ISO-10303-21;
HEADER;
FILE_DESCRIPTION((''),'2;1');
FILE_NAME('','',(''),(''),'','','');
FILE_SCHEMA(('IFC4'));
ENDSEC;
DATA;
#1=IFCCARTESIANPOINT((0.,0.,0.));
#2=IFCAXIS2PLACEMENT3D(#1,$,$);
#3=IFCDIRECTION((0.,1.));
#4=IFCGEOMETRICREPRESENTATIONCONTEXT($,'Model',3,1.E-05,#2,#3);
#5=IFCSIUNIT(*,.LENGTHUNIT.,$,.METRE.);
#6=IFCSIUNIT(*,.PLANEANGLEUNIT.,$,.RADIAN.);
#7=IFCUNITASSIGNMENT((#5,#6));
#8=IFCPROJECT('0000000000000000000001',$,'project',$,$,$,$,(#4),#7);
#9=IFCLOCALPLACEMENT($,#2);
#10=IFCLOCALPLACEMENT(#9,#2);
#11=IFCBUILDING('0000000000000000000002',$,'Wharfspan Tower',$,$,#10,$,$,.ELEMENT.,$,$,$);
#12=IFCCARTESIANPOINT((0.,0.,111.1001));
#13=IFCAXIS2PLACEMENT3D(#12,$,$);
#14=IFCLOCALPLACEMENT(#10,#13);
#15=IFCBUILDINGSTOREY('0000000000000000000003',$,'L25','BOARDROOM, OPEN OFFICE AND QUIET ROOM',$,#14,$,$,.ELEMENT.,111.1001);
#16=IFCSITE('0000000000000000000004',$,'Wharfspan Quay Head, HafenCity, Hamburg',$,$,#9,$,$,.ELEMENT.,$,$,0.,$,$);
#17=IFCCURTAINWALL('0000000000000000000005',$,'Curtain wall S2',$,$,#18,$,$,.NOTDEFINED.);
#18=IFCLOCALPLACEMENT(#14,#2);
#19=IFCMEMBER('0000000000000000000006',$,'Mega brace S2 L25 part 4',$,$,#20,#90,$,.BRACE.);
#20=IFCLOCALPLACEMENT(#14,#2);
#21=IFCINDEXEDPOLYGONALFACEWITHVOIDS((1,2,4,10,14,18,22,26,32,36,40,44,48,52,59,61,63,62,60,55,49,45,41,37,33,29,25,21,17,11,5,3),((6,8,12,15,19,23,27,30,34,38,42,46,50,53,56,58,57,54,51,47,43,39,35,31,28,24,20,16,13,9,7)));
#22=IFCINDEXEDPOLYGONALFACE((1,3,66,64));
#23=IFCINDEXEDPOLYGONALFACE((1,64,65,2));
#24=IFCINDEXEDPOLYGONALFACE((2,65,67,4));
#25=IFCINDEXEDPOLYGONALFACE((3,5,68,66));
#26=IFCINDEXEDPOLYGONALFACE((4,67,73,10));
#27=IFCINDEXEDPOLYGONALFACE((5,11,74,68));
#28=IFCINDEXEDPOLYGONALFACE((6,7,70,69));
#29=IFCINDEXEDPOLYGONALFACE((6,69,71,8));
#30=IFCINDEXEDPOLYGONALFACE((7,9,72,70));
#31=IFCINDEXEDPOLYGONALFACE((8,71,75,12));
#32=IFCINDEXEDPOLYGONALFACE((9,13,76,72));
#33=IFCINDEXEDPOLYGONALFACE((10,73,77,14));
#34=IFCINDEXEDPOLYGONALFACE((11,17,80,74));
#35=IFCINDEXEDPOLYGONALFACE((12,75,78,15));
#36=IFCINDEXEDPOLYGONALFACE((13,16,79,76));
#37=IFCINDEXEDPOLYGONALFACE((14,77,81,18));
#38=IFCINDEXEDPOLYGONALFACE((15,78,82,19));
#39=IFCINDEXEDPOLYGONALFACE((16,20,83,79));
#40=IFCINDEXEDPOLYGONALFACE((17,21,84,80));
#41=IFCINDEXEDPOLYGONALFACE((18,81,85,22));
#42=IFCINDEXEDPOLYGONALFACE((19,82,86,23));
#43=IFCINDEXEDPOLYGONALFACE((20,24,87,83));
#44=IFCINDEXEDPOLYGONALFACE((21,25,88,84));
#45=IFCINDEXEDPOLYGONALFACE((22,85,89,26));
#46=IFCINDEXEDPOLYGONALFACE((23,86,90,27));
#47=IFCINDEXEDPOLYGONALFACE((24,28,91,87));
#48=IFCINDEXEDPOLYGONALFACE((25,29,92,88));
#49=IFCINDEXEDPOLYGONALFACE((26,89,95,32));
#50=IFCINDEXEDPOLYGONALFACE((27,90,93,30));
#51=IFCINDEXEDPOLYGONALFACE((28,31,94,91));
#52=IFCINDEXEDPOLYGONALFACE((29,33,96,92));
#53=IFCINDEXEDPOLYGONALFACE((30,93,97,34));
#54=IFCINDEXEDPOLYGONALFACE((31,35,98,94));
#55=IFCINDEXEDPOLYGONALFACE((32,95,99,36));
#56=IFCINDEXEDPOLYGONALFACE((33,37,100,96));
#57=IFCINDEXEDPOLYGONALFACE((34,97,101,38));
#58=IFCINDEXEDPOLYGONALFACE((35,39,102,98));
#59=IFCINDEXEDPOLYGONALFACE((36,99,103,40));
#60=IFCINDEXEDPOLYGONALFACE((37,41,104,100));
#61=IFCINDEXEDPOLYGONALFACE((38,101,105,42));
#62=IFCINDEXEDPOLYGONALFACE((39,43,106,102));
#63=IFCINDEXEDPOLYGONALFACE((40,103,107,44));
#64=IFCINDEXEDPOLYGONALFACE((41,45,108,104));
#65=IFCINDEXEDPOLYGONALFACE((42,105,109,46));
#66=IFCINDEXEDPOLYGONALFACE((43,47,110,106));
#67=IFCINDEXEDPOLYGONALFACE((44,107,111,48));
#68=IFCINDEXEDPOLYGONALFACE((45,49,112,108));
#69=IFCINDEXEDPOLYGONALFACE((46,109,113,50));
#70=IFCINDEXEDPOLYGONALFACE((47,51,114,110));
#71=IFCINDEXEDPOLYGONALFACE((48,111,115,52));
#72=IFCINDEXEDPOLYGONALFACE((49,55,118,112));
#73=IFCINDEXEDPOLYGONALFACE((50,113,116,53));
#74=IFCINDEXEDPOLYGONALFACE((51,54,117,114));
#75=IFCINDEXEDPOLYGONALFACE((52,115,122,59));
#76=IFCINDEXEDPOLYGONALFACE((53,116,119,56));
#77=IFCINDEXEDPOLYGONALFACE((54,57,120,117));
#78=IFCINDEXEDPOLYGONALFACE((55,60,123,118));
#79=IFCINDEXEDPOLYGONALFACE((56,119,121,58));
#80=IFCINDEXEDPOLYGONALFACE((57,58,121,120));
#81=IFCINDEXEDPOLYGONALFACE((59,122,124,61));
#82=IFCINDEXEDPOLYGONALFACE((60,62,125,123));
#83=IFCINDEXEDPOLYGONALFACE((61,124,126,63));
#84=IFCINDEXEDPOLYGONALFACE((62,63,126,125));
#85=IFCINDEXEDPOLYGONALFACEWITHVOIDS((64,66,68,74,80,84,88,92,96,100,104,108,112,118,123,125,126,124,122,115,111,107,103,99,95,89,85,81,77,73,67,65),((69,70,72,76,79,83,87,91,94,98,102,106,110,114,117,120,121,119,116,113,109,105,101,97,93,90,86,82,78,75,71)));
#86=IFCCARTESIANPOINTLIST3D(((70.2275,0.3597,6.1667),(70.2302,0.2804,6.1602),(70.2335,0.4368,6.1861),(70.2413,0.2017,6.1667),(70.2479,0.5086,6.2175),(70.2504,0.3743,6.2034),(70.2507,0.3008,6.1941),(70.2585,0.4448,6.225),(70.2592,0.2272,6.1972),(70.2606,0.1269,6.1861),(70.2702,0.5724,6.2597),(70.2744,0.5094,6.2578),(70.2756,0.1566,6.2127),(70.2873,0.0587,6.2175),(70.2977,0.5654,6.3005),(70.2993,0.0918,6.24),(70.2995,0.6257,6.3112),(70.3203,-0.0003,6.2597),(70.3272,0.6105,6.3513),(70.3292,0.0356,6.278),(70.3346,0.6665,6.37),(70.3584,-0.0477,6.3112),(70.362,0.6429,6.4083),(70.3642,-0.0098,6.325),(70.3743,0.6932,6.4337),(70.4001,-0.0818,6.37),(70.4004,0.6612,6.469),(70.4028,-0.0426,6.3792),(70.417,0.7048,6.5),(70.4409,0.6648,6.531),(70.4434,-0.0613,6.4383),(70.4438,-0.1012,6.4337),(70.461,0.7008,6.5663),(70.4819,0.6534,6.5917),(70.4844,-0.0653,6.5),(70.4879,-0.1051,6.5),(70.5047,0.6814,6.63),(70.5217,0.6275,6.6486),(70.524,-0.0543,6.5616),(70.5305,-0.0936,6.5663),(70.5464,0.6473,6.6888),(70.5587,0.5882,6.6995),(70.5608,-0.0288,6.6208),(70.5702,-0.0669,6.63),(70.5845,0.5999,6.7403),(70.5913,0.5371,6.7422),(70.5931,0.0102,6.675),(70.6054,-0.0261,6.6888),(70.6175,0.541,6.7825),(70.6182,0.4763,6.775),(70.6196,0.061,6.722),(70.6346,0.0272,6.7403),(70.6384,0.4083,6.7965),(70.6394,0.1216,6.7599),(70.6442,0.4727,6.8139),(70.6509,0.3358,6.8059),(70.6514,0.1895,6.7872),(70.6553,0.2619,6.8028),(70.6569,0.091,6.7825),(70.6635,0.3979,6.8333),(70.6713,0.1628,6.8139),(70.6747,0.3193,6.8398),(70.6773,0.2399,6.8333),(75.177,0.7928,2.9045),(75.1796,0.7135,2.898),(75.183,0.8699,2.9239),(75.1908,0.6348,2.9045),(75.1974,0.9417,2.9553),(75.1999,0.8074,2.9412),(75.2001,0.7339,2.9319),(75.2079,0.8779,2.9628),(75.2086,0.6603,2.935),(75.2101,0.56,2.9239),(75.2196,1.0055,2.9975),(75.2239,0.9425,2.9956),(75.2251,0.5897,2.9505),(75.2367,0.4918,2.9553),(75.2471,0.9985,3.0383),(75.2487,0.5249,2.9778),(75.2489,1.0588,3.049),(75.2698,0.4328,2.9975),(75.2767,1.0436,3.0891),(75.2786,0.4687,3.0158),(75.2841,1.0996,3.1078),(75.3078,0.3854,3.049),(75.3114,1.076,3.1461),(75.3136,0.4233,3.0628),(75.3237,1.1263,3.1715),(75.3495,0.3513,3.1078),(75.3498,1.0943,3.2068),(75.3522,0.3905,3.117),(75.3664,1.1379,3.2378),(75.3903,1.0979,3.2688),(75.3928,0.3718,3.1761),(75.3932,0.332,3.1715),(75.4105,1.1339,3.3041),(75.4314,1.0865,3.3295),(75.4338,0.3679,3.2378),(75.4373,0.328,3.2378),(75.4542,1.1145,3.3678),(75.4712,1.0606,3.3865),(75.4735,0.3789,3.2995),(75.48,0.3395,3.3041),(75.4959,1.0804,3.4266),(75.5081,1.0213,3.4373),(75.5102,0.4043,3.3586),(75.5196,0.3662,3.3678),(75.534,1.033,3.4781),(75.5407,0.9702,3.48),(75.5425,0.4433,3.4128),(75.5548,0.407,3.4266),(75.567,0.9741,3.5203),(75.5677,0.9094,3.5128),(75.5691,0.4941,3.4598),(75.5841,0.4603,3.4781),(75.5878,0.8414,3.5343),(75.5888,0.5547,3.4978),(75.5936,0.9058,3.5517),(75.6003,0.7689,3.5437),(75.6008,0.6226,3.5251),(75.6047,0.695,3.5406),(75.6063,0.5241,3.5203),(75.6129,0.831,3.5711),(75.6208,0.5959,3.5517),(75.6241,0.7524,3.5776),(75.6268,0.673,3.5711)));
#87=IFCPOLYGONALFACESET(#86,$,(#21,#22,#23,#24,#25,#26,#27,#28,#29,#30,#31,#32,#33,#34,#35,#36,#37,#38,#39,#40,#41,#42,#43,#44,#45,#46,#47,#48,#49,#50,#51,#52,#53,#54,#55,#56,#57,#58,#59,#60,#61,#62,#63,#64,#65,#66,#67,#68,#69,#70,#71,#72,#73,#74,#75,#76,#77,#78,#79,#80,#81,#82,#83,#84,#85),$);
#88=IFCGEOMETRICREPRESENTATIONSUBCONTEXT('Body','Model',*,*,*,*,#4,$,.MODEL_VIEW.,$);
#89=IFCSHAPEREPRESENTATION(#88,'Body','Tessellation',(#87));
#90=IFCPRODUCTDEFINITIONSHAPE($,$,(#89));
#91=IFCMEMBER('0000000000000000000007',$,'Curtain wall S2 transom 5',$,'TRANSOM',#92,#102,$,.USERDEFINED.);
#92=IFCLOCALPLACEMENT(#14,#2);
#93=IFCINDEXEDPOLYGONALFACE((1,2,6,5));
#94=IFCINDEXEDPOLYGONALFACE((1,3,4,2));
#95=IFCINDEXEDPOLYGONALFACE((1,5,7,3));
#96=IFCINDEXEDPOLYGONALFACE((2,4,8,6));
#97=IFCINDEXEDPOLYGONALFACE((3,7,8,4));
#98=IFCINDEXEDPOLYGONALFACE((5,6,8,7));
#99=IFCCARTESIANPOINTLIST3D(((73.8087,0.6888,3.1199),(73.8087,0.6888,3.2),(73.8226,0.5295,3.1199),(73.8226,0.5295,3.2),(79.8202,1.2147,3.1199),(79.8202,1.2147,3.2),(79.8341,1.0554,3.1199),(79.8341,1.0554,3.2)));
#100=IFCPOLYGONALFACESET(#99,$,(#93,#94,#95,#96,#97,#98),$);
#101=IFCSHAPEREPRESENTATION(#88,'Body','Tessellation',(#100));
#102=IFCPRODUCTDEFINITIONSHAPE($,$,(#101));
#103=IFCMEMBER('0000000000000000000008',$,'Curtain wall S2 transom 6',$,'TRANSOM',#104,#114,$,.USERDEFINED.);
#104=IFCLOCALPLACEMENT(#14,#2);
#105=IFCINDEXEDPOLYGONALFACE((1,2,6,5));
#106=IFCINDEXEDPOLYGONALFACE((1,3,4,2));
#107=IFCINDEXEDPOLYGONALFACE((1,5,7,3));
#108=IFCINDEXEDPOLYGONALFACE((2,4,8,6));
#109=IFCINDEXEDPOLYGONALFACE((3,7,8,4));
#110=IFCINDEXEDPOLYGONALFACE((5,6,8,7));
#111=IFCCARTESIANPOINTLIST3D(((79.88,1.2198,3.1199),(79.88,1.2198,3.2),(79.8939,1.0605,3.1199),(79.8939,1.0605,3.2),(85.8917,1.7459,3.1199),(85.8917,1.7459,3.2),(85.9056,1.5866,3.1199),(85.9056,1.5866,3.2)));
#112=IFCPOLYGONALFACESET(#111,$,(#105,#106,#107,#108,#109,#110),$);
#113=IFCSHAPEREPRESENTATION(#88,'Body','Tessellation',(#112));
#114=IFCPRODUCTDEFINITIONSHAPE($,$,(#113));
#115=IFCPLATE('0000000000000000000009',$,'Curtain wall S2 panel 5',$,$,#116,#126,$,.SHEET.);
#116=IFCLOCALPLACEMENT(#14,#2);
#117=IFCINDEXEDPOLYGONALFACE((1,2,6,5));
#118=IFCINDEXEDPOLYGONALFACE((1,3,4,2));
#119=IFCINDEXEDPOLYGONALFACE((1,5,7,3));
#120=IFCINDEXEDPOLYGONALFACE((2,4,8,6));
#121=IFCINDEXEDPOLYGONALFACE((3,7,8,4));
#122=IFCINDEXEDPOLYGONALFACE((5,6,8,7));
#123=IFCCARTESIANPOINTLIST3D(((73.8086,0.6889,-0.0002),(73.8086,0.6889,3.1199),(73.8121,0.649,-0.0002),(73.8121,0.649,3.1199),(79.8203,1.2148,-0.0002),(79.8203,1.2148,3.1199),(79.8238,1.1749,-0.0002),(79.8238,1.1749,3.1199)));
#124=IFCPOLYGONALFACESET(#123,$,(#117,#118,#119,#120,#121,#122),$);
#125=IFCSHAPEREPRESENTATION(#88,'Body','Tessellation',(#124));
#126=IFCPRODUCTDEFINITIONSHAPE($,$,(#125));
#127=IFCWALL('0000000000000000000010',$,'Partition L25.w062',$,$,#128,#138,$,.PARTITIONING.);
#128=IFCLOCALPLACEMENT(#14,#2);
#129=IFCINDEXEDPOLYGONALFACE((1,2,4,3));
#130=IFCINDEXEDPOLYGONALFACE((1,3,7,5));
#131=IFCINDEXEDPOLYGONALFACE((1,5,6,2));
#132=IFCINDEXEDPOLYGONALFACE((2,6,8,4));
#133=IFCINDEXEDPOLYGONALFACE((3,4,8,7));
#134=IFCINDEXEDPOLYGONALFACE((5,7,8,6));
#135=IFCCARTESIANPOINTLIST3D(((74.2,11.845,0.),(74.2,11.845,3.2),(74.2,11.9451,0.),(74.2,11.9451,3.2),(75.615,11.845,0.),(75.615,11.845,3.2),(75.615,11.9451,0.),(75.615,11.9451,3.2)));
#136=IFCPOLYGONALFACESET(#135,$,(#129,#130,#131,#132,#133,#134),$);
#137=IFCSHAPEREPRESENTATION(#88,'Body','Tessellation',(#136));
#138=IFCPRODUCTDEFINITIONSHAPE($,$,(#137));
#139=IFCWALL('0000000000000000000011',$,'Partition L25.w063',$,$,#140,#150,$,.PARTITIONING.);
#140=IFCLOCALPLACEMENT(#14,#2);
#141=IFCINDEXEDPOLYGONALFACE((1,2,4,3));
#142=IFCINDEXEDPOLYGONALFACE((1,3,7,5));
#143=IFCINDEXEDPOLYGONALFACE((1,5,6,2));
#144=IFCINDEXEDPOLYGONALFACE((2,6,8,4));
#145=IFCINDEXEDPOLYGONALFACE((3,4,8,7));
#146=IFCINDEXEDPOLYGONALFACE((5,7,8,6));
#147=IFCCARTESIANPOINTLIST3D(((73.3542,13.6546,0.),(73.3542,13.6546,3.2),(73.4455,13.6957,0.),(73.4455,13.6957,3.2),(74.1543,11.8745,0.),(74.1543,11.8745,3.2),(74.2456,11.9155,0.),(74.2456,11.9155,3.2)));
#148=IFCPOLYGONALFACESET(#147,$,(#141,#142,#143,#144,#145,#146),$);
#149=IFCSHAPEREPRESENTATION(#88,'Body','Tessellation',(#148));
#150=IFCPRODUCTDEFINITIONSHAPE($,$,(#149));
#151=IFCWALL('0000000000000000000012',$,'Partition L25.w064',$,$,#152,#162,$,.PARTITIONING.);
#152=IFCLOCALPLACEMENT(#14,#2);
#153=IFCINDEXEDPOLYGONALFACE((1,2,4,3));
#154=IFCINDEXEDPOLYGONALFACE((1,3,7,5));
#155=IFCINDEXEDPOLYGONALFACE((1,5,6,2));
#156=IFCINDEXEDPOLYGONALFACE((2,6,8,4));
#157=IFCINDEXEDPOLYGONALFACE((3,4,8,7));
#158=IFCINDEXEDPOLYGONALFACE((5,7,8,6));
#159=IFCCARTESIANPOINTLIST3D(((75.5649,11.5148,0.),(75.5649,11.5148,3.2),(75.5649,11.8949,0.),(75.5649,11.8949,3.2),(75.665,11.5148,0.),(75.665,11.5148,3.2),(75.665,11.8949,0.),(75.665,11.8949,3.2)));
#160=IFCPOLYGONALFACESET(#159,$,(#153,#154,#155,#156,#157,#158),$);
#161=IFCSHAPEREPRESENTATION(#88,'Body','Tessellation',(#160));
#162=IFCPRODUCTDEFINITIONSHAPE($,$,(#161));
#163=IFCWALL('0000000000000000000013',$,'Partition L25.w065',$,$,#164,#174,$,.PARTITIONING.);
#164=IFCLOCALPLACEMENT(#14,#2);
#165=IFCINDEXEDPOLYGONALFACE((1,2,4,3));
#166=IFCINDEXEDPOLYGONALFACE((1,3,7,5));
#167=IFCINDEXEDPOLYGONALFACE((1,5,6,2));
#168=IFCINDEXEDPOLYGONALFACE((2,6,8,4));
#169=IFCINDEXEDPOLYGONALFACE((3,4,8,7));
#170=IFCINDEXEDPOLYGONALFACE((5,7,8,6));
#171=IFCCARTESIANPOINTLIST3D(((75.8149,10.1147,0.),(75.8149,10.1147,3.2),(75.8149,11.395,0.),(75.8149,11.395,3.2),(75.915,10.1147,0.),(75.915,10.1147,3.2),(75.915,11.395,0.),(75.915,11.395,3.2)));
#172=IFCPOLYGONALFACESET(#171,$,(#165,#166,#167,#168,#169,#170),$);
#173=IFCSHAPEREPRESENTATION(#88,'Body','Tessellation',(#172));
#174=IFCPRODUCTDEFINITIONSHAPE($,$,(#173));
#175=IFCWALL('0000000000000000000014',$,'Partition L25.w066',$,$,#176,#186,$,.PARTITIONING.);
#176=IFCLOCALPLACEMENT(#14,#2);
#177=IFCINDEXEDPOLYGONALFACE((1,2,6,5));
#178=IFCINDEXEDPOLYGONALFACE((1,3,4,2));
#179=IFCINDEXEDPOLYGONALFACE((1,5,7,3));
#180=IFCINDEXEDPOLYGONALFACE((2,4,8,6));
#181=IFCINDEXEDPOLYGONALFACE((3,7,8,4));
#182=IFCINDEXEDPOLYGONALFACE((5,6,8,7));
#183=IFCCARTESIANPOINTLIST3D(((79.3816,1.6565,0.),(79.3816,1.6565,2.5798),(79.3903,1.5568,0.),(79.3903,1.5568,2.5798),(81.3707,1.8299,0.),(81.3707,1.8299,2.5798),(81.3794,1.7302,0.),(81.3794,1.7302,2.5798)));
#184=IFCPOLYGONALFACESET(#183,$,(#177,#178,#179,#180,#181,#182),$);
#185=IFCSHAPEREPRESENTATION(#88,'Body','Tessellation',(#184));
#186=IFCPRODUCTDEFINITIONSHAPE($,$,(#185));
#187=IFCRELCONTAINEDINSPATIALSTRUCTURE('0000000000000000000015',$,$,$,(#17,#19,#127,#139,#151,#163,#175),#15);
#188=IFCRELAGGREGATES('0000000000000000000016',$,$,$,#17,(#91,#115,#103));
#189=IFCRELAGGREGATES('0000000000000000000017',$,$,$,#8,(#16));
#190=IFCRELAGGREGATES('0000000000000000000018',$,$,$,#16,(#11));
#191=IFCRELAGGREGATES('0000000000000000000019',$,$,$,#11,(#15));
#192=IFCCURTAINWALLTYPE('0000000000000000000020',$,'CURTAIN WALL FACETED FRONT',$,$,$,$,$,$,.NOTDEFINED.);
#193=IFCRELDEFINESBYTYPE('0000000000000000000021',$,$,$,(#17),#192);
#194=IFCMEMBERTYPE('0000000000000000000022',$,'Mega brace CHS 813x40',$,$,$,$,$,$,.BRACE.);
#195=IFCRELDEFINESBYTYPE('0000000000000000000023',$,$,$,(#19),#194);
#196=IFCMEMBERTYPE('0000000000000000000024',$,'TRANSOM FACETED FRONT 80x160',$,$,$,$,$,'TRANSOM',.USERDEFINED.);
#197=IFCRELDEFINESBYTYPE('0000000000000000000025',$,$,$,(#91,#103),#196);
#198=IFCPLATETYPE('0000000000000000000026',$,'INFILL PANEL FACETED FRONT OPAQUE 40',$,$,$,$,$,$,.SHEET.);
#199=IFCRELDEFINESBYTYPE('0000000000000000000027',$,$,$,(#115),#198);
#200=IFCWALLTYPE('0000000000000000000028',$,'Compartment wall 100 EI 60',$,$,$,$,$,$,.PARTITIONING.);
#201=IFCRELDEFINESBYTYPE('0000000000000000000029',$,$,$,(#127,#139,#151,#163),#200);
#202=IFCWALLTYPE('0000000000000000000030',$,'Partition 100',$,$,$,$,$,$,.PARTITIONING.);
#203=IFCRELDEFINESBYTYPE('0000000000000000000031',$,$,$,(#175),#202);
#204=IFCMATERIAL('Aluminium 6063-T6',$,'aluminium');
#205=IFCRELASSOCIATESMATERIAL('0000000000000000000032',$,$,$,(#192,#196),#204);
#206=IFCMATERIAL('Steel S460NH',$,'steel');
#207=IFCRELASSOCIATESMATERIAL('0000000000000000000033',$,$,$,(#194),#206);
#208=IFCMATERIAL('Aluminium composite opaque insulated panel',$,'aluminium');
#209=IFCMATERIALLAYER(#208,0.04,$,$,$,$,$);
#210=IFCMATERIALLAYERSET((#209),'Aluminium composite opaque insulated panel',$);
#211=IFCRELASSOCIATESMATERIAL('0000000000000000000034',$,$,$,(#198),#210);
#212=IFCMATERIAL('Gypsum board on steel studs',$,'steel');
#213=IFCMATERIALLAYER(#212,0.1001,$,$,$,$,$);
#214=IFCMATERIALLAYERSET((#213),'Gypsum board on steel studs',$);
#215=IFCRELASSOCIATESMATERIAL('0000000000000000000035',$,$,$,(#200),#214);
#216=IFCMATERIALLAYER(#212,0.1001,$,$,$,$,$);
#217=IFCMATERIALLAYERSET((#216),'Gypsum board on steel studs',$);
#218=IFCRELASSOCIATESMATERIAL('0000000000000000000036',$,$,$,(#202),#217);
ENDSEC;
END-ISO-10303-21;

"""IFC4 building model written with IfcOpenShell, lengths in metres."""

from ifc_helpers import new_model, si_unit, direction, frame, frame_2d, origin, origin_2d, place, context, subcontext, project, spatial, rectangle, hollow_circle, extrude, material, layer, layer_set, material_profile, profile_set, type_object, element, aggregate, save


model = new_model("IFC4")

# Units and contexts
model_context = context("Model", 3, precision=1e-05, world=origin(), true_north=direction((0.0, 1.0)))
body_context = subcontext(model_context, "Body", "Model", "MODEL_VIEW")
ifc_project = project(units=[si_unit("LENGTHUNIT", "METRE"), si_unit("PLANEANGLEUNIT", "RADIAN")], contexts=[model_context])

# Site, building, storey
site_placement = place(None, origin())
site = spatial("IfcSite", under=ifc_project, at=site_placement, Name="Wharfspan Quay Head, HafenCity, Hamburg", CompositionType="ELEMENT", RefElevation=0.0)
building_placement = place(site_placement, origin())
building = spatial("IfcBuilding", under=site, at=building_placement, Name="Wharfspan Tower", CompositionType="ELEMENT")
storey_placement = place(building_placement, frame((0.0, 0.0, 111.1001)))
storey = spatial("IfcBuildingStorey", under=building, at=storey_placement, Name="L25", Description="BOARDROOM, OPEN OFFICE AND QUIET ROOM", CompositionType="ELEMENT", Elevation=111.1001)

# Curtain wall
ifc_material_1 = material(Name="Aluminium 6063-T6", Category="aluminium")
curtain_wall_type = type_object("IfcCurtainWallType", Name="CURTAIN WALL FACETED FRONT", PredefinedType="NOTDEFINED", material=ifc_material_1)
curtain_wall_placement = place(storey_placement, origin())
curtain_wall = element("IfcCurtainWall", 1, at=curtain_wall_placement, inside=storey, type_object=curtain_wall_type, Name="Curtain wall S2", PredefinedType="NOTDEFINED")

# Member
ifc_material_2 = material(Name="Steel S460NH", Category="steel")
ifc_material_profile_1 = material_profile(ifc_material_2, hollow_circle(Radius=0.4065, WallThickness=0.04, at=origin_2d()))
ifc_profile_set_1 = profile_set([ifc_material_profile_1], Name="Steel S460NH")
member_type_1 = type_object("IfcMemberType", Name="Mega brace CHS 813x40", PredefinedType="BRACE", material=ifc_profile_set_1)
member_1_placement = place(storey_placement, frame((75.4019, 0.7329, 3.2378), z_axis=(-0.832734, -0.072869, 0.548858), x_axis=(0.087173, -0.99619, 0.000001)))
element("IfcMember", 2, at=member_1_placement, inside=storey, type_object=member_type_1, Name="Mega brace S2 L25 part 4", PredefinedType="BRACE", context=body_context, shape_type="SweptSolid", body=[
    extrude(hollow_circle(Radius=0.4065, WallThickness=0.04, at=origin_2d()), origin(), (0.0, 0.0, 1.0), 5.9436),
])

# Members
ifc_material_profile_2 = material_profile(ifc_material_1, rectangle(XDim=0.1599, YDim=0.0801, at=origin_2d()))
ifc_profile_set_2 = profile_set([ifc_material_profile_2], Name="Aluminium 6063-T6")
member_type_2 = type_object("IfcMemberType", Name="TRANSOM FACETED FRONT 80x160", ElementType="TRANSOM", PredefinedType="USERDEFINED", material=ifc_profile_set_2)
member_2_placement = place(storey_placement, frame((73.8157, 0.6091, 3.1599), z_axis=(0.996196, 0.087146, 0.0), x_axis=(-0.087146, 0.996196, 0.0)))
member_2 = element("IfcMember", 3, at=member_2_placement, type_object=member_type_2, Name="Curtain wall S2 transom 5", ObjectType="TRANSOM", PredefinedType="USERDEFINED", context=body_context, shape_type="SweptSolid", body=[
    extrude(rectangle(XDim=0.1599, YDim=0.0801, at=origin_2d()), origin(), (0.0, 0.0, 1.0), 6.0344),
])
member_3_placement = place(storey_placement, frame((79.887, 1.1401, 3.1599), z_axis=(0.996192, 0.087183, 0.0), x_axis=(-0.087183, 0.996192, 0.0)))
member_3 = element("IfcMember", 4, at=member_3_placement, type_object=member_type_2, Name="Curtain wall S2 transom 6", ObjectType="TRANSOM", PredefinedType="USERDEFINED", context=body_context, shape_type="SweptSolid", body=[
    extrude(rectangle(XDim=0.1599, YDim=0.0801, at=origin_2d()), origin(), (0.0, 0.0, 1.0), 6.0347),
])

# Plate
ifc_material_3 = material(Name="Aluminium composite opaque insulated panel", Category="aluminium")
ifc_layer_1 = layer(ifc_material_3, 0.04)
ifc_layer_set_1 = layer_set([ifc_layer_1], Name="Aluminium composite opaque insulated panel")
plate_type = type_object("IfcPlateType", Name="INFILL PANEL FACETED FRONT OPAQUE 40", PredefinedType="SHEET", material=ifc_layer_set_1)
plate_placement = place(storey_placement, frame((76.8162, 0.9319, -0.0002), z_axis=(0.0, 0.0, 1.0), x_axis=(0.996198, 0.087156, 0.0)))
plate = element("IfcPlate", 5, at=plate_placement, type_object=plate_type, Name="Curtain wall S2 panel 5", PredefinedType="SHEET", context=body_context, shape_type="SweptSolid", body=[
    extrude(rectangle(XDim=6.0347, YDim=0.04, at=origin_2d()), origin(), (0.0, 0.0, 1.0), 3.1201),
])
aggregate(curtain_wall, [member_2, plate, member_3])

# Walls
ifc_material_4 = material(Name="Gypsum board on steel studs", Category="steel")
ifc_layer_2 = layer(ifc_material_4, 0.1001)
ifc_layer_set_2 = layer_set([ifc_layer_2], Name="Gypsum board on steel studs")
wall_type_1 = type_object("IfcWallType", Name="Compartment wall 100 EI 60", PredefinedType="PARTITIONING", material=ifc_layer_set_2)
wall_1_placement = place(storey_placement, frame((74.2, 11.895, 0.0), z_axis=(0.0, 0.0, 1.0), x_axis=(1.0, 0.0, 0.0)))
element("IfcWall", 6, at=wall_1_placement, inside=storey, type_object=wall_type_1, Name="Partition L25.w062", PredefinedType="PARTITIONING", context=body_context, shape_type="SweptSolid", body=[
    extrude(rectangle(XDim=1.415, YDim=0.1001, at=frame_2d((0.7075, 0.0))), origin(), (0.0, 0.0, 1.0), 3.2),
])
wall_2_placement = place(storey_placement, frame((74.2, 11.895, 0.0), z_axis=(0.0, 0.0, 1.0), x_axis=(-0.409954, 0.912107, 0.0)))
element("IfcWall", 7, at=wall_2_placement, inside=storey, type_object=wall_type_1, Name="Partition L25.w063", PredefinedType="PARTITIONING", context=body_context, shape_type="SweptSolid", body=[
    extrude(rectangle(XDim=1.9517, YDim=0.1001, at=frame_2d((0.9758, 0.0))), origin(), (0.0, 0.0, 1.0), 3.2),
])
wall_3_placement = place(storey_placement, frame((75.615, 11.5149, 0.0), z_axis=(0.0, 0.0, 1.0), x_axis=(0.0, 1.0, 0.0)))
element("IfcWall", 8, at=wall_3_placement, inside=storey, type_object=wall_type_1, Name="Partition L25.w064", PredefinedType="PARTITIONING", context=body_context, shape_type="SweptSolid", body=[
    extrude(rectangle(XDim=0.3801, YDim=0.1001, at=frame_2d((0.1899, 0.0))), origin(), (0.0, 0.0, 1.0), 3.2),
])
wall_4_placement = place(storey_placement, frame((75.865, 10.1147, 0.0), z_axis=(0.0, 0.0, 1.0), x_axis=(0.0, 1.0, 0.0)))
element("IfcWall", 9, at=wall_4_placement, inside=storey, type_object=wall_type_1, Name="Partition L25.w065", PredefinedType="PARTITIONING", context=body_context, shape_type="SweptSolid", body=[
    extrude(rectangle(XDim=1.2803, YDim=0.1001, at=frame_2d((0.6401, 0.0))), origin(), (0.0, 0.0, 1.0), 3.2),
])
ifc_layer_3 = layer(ifc_material_4, 0.1001)
ifc_layer_set_3 = layer_set([ifc_layer_3], Name="Gypsum board on steel studs")
wall_type_2 = type_object("IfcWallType", Name="Partition 100", PredefinedType="PARTITIONING", material=ifc_layer_set_3)
wall_5_placement = place(storey_placement, frame((79.386, 1.6067, 0.0), z_axis=(0.0, 0.0, 1.0), x_axis=(0.996228, 0.08682, 0.0)))
element("IfcWall", 10, at=wall_5_placement, inside=storey, type_object=wall_type_2, Name="Partition L25.w066", PredefinedType="PARTITIONING", context=body_context, shape_type="SweptSolid", body=[
    extrude(rectangle(XDim=1.9966, YDim=0.1001, at=frame_2d((0.9983, 0.0))), origin(), (0.0, 0.0, 1.0), 2.5798),
])

save(model, "model.ifc")
